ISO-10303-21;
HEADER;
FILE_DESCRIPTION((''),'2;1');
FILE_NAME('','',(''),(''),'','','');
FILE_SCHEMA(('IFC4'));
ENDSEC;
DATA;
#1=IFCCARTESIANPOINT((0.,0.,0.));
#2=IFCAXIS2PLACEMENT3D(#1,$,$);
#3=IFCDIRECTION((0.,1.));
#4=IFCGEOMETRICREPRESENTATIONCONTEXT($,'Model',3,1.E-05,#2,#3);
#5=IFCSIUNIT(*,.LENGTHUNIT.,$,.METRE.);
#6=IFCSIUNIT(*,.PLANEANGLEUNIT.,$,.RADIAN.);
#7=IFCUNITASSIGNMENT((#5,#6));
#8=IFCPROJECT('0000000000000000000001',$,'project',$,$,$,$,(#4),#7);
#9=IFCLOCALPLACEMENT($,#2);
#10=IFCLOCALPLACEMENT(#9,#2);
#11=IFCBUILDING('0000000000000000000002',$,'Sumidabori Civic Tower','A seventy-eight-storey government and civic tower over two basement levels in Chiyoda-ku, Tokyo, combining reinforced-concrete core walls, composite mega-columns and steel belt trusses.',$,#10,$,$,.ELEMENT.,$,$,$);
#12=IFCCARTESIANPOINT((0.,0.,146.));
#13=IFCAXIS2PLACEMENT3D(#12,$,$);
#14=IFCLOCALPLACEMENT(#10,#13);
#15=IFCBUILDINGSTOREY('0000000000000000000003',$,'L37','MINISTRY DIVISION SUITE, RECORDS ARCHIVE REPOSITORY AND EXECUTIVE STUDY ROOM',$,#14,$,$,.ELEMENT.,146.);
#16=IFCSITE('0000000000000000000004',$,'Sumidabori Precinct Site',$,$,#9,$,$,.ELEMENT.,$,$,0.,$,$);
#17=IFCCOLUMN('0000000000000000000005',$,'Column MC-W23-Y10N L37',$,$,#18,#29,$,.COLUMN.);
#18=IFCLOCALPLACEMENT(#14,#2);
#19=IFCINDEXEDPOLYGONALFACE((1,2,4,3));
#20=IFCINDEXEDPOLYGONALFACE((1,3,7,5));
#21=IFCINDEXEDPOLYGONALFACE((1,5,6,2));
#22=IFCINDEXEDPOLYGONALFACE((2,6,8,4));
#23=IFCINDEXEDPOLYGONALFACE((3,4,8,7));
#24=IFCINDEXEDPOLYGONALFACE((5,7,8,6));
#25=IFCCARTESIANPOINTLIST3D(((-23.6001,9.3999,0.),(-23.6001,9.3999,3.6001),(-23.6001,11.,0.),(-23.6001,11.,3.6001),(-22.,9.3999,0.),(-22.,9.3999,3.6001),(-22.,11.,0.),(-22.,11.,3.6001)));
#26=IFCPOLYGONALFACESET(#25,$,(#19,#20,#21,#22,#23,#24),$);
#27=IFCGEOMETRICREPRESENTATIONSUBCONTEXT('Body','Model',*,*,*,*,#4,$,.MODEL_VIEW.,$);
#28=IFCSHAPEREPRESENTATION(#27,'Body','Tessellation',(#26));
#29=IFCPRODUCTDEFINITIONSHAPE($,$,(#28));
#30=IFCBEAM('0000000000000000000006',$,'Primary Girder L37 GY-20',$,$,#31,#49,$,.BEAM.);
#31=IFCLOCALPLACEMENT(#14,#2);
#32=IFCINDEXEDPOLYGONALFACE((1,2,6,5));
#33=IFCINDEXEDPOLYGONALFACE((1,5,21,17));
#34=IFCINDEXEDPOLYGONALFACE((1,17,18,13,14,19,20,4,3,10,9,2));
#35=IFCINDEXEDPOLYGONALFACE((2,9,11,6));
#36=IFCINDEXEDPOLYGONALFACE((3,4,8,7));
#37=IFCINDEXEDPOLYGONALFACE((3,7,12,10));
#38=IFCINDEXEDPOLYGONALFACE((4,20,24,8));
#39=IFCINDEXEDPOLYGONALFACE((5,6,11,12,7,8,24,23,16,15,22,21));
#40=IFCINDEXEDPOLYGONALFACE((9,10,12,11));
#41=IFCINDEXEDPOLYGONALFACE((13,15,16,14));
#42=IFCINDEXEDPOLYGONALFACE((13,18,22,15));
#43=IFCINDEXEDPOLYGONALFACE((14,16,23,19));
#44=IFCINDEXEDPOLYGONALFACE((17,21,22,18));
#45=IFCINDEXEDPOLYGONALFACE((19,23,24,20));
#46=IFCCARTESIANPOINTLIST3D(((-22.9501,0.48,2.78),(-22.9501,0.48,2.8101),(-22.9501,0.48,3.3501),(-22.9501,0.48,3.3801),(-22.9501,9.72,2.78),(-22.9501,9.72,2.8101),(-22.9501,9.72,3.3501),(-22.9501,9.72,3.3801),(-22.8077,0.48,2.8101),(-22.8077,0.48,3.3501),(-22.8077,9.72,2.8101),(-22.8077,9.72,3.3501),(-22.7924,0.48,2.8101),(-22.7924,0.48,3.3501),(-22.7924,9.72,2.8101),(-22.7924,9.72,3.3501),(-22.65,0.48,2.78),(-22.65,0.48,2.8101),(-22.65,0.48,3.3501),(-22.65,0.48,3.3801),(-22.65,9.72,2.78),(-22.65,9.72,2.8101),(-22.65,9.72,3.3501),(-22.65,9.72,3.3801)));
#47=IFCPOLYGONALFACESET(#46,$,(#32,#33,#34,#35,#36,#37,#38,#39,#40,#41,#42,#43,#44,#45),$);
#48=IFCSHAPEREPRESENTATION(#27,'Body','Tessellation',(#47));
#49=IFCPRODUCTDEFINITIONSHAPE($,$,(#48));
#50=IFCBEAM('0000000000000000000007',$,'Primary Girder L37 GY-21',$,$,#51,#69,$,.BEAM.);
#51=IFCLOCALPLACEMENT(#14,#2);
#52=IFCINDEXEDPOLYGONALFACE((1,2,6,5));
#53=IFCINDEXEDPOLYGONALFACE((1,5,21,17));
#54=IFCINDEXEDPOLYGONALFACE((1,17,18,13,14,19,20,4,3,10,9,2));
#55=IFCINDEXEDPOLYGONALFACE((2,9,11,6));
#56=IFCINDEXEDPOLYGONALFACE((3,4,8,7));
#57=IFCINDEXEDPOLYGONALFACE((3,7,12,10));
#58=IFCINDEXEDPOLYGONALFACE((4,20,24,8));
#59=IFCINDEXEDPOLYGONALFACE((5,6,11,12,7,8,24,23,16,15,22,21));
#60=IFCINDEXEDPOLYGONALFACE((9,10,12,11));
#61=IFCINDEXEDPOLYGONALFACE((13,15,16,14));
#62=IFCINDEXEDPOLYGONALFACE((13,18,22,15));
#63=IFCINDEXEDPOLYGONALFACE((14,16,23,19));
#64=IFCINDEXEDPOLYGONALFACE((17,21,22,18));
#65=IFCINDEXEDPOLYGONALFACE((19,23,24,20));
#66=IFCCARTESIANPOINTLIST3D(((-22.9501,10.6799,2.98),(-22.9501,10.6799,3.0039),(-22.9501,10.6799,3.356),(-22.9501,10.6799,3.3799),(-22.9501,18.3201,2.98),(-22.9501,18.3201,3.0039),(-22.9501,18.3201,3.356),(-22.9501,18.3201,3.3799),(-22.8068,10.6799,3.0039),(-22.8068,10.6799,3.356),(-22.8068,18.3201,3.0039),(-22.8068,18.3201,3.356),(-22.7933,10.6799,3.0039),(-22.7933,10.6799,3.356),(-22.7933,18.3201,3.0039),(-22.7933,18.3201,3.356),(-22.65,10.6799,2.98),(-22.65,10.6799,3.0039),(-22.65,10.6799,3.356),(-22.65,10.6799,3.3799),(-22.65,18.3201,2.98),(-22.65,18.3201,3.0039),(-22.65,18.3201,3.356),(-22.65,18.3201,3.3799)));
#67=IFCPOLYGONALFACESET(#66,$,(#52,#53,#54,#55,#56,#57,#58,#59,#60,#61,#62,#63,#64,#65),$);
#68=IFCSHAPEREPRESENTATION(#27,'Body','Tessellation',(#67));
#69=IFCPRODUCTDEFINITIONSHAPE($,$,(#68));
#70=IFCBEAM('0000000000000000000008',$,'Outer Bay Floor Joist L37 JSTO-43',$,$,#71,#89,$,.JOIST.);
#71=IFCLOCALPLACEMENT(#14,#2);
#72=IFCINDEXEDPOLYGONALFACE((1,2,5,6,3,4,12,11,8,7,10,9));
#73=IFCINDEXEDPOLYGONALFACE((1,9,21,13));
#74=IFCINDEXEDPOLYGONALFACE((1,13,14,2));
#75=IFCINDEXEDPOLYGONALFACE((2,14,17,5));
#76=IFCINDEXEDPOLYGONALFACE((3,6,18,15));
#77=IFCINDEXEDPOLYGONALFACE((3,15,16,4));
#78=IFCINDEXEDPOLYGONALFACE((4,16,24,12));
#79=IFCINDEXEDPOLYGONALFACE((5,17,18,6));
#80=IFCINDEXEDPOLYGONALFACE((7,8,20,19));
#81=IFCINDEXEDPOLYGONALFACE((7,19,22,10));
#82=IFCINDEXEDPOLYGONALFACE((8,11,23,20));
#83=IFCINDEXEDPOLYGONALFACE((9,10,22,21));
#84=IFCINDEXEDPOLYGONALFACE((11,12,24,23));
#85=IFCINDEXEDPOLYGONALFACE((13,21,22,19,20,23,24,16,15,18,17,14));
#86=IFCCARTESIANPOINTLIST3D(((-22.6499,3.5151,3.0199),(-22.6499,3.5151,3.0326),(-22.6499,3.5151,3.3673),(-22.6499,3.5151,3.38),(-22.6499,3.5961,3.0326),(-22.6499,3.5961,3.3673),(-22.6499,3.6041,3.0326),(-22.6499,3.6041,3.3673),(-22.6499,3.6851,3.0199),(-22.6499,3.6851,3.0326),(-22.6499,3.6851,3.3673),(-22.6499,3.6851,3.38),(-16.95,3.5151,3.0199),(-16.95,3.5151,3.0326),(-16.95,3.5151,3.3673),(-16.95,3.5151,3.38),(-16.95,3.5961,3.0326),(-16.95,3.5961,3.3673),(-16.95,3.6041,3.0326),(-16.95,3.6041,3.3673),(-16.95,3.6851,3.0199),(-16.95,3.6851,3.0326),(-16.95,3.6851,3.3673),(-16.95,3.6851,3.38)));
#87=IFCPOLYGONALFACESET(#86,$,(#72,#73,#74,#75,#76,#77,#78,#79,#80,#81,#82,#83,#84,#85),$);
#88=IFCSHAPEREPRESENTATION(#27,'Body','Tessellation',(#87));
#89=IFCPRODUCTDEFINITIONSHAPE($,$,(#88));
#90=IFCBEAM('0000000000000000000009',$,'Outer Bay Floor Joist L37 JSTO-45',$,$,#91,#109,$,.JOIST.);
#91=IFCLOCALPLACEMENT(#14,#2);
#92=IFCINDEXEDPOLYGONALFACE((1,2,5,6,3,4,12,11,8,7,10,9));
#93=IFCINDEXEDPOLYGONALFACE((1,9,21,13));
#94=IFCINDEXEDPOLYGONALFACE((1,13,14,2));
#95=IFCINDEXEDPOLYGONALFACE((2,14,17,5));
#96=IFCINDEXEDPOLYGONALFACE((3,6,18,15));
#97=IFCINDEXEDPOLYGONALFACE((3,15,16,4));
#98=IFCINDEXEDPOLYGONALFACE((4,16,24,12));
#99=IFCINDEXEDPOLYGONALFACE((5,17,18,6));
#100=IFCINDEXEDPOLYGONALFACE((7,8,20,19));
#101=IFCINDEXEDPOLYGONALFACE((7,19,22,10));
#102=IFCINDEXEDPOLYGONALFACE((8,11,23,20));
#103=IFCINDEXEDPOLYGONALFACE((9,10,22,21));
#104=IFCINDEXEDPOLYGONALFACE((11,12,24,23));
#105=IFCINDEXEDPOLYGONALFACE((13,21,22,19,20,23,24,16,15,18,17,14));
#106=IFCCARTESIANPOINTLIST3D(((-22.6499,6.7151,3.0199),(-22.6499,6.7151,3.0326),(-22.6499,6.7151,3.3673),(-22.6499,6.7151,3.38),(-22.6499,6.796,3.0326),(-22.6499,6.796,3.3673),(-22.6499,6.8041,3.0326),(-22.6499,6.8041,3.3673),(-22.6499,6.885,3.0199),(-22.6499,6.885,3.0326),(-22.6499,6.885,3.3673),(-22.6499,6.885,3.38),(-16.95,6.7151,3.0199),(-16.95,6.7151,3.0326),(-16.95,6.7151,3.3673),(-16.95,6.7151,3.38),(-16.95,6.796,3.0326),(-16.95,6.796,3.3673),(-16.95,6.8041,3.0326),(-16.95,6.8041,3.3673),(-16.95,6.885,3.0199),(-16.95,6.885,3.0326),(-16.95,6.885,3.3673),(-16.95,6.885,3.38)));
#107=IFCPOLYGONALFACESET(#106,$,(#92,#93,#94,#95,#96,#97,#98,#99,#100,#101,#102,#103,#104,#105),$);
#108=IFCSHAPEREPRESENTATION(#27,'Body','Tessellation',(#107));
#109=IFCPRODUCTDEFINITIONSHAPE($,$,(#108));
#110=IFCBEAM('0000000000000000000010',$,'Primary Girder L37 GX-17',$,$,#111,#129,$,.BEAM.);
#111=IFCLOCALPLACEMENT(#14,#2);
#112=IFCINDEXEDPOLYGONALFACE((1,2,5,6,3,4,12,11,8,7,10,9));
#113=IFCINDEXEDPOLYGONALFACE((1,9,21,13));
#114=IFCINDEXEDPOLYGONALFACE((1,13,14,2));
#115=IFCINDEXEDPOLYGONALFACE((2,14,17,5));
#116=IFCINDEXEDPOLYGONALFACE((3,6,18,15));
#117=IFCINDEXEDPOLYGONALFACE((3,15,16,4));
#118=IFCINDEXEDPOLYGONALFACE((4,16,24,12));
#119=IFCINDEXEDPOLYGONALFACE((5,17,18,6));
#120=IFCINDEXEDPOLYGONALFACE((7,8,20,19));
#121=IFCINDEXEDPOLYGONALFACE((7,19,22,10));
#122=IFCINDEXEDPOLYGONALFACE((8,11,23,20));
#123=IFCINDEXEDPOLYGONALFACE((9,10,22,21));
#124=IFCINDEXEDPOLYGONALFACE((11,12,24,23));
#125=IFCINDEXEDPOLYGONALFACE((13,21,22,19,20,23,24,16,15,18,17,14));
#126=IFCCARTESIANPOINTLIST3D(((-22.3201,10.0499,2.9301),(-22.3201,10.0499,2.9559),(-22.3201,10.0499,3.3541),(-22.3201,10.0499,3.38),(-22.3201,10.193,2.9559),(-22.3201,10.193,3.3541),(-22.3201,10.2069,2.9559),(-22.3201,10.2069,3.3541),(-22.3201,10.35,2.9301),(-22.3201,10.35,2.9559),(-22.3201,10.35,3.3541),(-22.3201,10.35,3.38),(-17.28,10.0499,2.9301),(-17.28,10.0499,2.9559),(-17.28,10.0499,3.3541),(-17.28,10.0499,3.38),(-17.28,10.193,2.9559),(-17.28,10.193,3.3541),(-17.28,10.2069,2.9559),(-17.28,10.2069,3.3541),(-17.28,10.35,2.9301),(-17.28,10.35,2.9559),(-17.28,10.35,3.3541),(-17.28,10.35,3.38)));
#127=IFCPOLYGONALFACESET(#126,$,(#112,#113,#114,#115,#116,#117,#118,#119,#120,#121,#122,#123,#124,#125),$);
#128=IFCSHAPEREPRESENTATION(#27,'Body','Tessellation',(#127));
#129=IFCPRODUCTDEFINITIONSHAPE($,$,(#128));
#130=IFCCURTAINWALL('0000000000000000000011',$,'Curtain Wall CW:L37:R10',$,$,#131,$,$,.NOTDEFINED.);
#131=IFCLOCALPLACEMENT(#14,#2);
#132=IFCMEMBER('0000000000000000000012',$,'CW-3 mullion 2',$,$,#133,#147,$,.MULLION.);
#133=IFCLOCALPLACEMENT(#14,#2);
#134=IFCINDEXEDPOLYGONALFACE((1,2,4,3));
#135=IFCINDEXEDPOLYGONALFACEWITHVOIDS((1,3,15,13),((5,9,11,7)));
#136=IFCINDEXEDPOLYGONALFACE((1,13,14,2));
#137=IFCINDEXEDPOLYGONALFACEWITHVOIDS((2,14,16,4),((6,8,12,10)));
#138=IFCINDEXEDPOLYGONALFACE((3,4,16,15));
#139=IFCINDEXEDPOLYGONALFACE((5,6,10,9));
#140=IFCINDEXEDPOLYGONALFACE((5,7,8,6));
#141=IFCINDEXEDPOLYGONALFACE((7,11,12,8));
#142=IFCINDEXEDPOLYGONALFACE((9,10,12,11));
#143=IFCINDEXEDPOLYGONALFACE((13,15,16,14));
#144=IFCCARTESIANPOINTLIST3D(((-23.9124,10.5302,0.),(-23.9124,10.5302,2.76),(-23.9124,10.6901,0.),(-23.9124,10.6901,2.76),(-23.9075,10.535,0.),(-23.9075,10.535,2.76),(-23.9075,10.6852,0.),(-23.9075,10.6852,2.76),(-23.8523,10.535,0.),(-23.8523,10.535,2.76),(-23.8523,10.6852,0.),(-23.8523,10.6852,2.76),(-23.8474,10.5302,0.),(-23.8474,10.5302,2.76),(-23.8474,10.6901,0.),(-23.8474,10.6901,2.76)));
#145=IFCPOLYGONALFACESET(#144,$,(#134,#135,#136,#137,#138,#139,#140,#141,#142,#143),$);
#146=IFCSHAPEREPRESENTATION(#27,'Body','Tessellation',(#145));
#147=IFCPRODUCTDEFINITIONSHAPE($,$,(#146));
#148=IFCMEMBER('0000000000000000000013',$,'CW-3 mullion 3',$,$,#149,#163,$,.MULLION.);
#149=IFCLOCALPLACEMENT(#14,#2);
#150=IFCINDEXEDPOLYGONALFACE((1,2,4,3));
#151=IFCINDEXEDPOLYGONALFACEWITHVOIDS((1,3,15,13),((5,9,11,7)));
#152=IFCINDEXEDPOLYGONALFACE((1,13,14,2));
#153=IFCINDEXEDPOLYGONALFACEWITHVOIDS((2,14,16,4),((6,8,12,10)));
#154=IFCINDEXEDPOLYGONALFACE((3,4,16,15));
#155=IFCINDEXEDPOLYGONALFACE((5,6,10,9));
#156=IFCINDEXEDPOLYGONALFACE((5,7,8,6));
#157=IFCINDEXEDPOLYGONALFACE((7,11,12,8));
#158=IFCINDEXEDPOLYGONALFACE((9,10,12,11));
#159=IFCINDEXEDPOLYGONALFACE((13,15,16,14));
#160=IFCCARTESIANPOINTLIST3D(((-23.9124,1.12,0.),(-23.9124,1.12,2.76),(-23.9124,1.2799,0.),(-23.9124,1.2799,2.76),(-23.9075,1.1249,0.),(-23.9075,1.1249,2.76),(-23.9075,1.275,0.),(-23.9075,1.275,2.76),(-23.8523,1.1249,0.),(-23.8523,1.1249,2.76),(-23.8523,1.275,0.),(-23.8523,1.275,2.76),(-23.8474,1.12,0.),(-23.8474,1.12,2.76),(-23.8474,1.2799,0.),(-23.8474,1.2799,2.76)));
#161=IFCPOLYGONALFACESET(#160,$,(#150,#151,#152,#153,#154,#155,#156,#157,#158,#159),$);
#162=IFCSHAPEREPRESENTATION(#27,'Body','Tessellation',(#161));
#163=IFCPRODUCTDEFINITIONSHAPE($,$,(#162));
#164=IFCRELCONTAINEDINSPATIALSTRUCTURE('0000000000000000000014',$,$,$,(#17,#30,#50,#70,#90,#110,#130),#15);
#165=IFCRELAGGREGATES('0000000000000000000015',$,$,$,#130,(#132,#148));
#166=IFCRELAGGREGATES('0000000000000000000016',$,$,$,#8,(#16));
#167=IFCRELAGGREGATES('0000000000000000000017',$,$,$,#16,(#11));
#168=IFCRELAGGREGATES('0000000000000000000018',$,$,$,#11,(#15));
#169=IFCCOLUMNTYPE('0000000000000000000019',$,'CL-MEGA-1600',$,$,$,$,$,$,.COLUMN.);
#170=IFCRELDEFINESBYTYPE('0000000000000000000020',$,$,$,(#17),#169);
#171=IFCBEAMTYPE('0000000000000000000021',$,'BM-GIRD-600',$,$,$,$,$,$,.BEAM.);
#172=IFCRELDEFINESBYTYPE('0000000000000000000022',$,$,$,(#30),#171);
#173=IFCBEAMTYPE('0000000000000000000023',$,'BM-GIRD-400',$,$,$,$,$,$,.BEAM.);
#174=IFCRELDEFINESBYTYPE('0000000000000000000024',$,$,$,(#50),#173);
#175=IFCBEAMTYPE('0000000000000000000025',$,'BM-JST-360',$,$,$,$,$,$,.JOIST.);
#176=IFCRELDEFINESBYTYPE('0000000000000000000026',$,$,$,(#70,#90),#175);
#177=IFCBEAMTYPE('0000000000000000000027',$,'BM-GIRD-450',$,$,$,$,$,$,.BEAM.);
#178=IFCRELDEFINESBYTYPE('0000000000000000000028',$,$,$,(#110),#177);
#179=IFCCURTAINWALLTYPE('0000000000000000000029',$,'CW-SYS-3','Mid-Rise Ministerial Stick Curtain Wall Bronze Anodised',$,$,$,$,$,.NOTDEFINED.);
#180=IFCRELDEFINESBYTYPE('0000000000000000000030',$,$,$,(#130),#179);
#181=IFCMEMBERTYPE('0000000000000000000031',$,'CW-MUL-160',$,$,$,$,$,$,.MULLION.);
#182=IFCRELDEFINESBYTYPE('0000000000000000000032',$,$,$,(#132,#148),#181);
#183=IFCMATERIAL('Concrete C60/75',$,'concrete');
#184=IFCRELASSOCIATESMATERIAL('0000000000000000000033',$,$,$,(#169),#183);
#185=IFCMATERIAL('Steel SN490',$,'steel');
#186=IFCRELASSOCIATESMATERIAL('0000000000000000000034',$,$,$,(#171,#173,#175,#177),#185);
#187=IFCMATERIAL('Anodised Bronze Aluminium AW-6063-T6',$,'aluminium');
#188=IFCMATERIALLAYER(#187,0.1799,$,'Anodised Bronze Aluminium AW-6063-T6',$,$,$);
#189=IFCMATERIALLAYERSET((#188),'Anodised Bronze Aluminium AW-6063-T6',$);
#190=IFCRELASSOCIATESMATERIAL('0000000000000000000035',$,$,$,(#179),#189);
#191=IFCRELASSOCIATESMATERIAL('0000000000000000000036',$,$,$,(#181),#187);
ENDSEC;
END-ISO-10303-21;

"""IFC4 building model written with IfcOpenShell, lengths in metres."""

from ifc_helpers import new_model, si_unit, direction, frame, origin, origin_2d, place, context, subcontext, project, spatial, rectangle, hollow_rectangle, i_section, extrude, source, transform, mapped, material, layer, layer_set, material_profile, profile_set, type_object, element, aggregate, save


model = new_model("IFC4")

# Units and contexts
model_context = context("Model", 3, precision=1e-05, world=origin(), true_north=direction((0.0, 1.0)))
body_context = subcontext(model_context, "Body", "Model", "MODEL_VIEW")
ifc_project = project(units=[si_unit("LENGTHUNIT", "METRE"), si_unit("PLANEANGLEUNIT", "RADIAN")], contexts=[model_context])

# Site, building, storey
site_placement = place(None, origin())
site = spatial("IfcSite", under=ifc_project, at=site_placement, Name="Sumidabori Precinct Site", CompositionType="ELEMENT", RefElevation=0.0)
building_placement = place(site_placement, origin())
building = spatial("IfcBuilding", under=site, at=building_placement, Name="Sumidabori Civic Tower", Description="A seventy-eight-storey government and civic tower over two basement levels in Chiyoda-ku, Tokyo, combining reinforced-concrete core walls, composite mega-columns and steel belt trusses.", CompositionType="ELEMENT")
storey_placement = place(building_placement, frame((0.0, 0.0, 146.0)))
storey = spatial("IfcBuildingStorey", under=building, at=storey_placement, Name="L37", Description="MINISTRY DIVISION SUITE, RECORDS ARCHIVE REPOSITORY AND EXECUTIVE STUDY ROOM", CompositionType="ELEMENT", Elevation=146.0)

# Column
ifc_material_1 = material(Name="Concrete C60/75", Category="concrete")
ifc_material_profile_1 = material_profile(ifc_material_1, rectangle(XDim=1.6001, YDim=1.6001, at=origin_2d()), Name="RC 1600x1600")
ifc_profile_set_1 = profile_set([ifc_material_profile_1], Name="Concrete C60/75")
column_type = type_object("IfcColumnType", Name="CL-MEGA-1600", PredefinedType="COLUMN", material=ifc_profile_set_1)
shared_shape_1 = source(origin(), body_context, "Body", "SweptSolid", [
    extrude(rectangle(XDim=1.6001, YDim=1.6001, at=origin_2d()), origin(), (0.0, 0.0, 1.0), 3.6001),
])
column_placement = place(storey_placement, frame((-22.8, 10.2, 0.0), z_axis=(0.0, 0.0, 1.0), x_axis=(1.0, 0.0, 0.0)))
element("IfcColumn", 1, at=column_placement, inside=storey, type_object=column_type, Name="Column MC-W23-Y10N L37", PredefinedType="COLUMN", context=body_context, shape_type="MappedRepresentation", body=[
    mapped(shared_shape_1, transform((0.0, 0.0, 0.0), x_axis=(1.0, 0.0, 0.0), y_axis=(0.0, 1.0, 0.0), z_axis=(0.0, 0.0, 1.0), scale=1.0)),
])

# Beams
ifc_material_2 = material(Name="Steel SN490", Category="steel")
ifc_material_profile_2 = material_profile(ifc_material_2, i_section(OverallWidth=0.3, OverallDepth=0.6001, WebThickness=0.0154, FlangeThickness=0.03, at=origin_2d()), Name="HE 600 B")
ifc_profile_set_2 = profile_set([ifc_material_profile_2], Name="Steel SN490")
beam_type_1 = type_object("IfcBeamType", Name="BM-GIRD-600", PredefinedType="BEAM", material=ifc_profile_set_2)
shared_shape_2 = source(origin(), body_context, "Body", "SweptSolid", [
    extrude(i_section(OverallWidth=0.3, OverallDepth=0.6001, WebThickness=0.0154, FlangeThickness=0.03, at=origin_2d()), origin(), (0.0, 0.0, 1.0), 9.24),
])
beam_1_placement = place(storey_placement, frame((-22.8, 0.48, 3.0801), z_axis=(0.0, 1.0, 0.0), x_axis=(-1.0, 0.0, 0.0)))
element("IfcBeam", 2, at=beam_1_placement, inside=storey, type_object=beam_type_1, Name="Primary Girder L37 GY-20", PredefinedType="BEAM", context=body_context, shape_type="MappedRepresentation", body=[
    mapped(shared_shape_2, transform((0.0, 0.0, 0.0), x_axis=(1.0, 0.0, 0.0), y_axis=(0.0, 1.0, 0.0), z_axis=(0.0, 0.0, 1.0), scale=1.0)),
])
ifc_material_profile_3 = material_profile(ifc_material_2, i_section(OverallWidth=0.3, OverallDepth=0.3999, WebThickness=0.0134, FlangeThickness=0.0239, at=origin_2d()), Name="HE 400 B")
ifc_profile_set_3 = profile_set([ifc_material_profile_3], Name="Steel SN490")
beam_type_2 = type_object("IfcBeamType", Name="BM-GIRD-400", PredefinedType="BEAM", material=ifc_profile_set_3)
shared_shape_3 = source(origin(), body_context, "Body", "SweptSolid", [
    extrude(i_section(OverallWidth=0.3, OverallDepth=0.3999, WebThickness=0.0134, FlangeThickness=0.0239, at=origin_2d()), origin(), (0.0, 0.0, 1.0), 7.6401),
])
beam_2_placement = place(storey_placement, frame((-22.8, 10.6799, 3.1799), z_axis=(0.0, 1.0, 0.0), x_axis=(-1.0, 0.0, 0.0)))
element("IfcBeam", 3, at=beam_2_placement, inside=storey, type_object=beam_type_2, Name="Primary Girder L37 GY-21", PredefinedType="BEAM", context=body_context, shape_type="MappedRepresentation", body=[
    mapped(shared_shape_3, transform((0.0, 0.0, 0.0), x_axis=(1.0, 0.0, 0.0), y_axis=(0.0, 1.0, 0.0), z_axis=(0.0, 0.0, 1.0), scale=1.0)),
])
ifc_material_profile_4 = material_profile(ifc_material_2, i_section(OverallWidth=0.1699, OverallDepth=0.3601, WebThickness=0.0081, FlangeThickness=0.0127, at=origin_2d()), Name="IPE 360")
ifc_profile_set_4 = profile_set([ifc_material_profile_4], Name="Steel SN490")
beam_type_3 = type_object("IfcBeamType", Name="BM-JST-360", PredefinedType="JOIST", material=ifc_profile_set_4)
shared_shape_4 = source(origin(), body_context, "Body", "SweptSolid", [
    extrude(i_section(OverallWidth=0.1699, OverallDepth=0.3601, WebThickness=0.0081, FlangeThickness=0.0127, at=origin_2d()), origin(), (0.0, 0.0, 1.0), 5.7),
])
for number, where, z_axis, x_axis, name in (
    (4, (-22.6499, 3.6001, 3.2), (1.0, 0.0, 0.0), (0.0, 1.0, 0.0), "Outer Bay Floor Joist L37 JSTO-43"),
    (5, (-22.6499, 6.8, 3.2), (1.0, 0.0, 0.0), (0.0, 1.0, 0.0), "Outer Bay Floor Joist L37 JSTO-45"),
):
    element("IfcBeam", number, at=place(storey_placement, frame(where, z_axis=z_axis, x_axis=x_axis)), inside=storey, type_object=beam_type_3, Name=name, PredefinedType="JOIST", context=body_context, shape_type="MappedRepresentation", body=[
        mapped(shared_shape_4, transform((0.0, 0.0, 0.0), x_axis=(1.0, 0.0, 0.0), y_axis=(0.0, 1.0, 0.0), z_axis=(0.0, 0.0, 1.0), scale=1.0)),
    ])
ifc_material_profile_5 = material_profile(ifc_material_2, i_section(OverallWidth=0.3, OverallDepth=0.45, WebThickness=0.0139, FlangeThickness=0.0259, at=origin_2d()), Name="HE 450 B")
ifc_profile_set_5 = profile_set([ifc_material_profile_5], Name="Steel SN490")
beam_type_4 = type_object("IfcBeamType", Name="BM-GIRD-450", PredefinedType="BEAM", material=ifc_profile_set_5)
shared_shape_5 = source(origin(), body_context, "Body", "SweptSolid", [
    extrude(i_section(OverallWidth=0.3, OverallDepth=0.45, WebThickness=0.0139, FlangeThickness=0.0259, at=origin_2d()), origin(), (0.0, 0.0, 1.0), 5.04),
])
beam_3_placement = place(storey_placement, frame((-22.3201, 10.2, 3.155), z_axis=(1.0, 0.0, 0.0), x_axis=(0.0, 1.0, 0.0)))
element("IfcBeam", 6, at=beam_3_placement, inside=storey, type_object=beam_type_4, Name="Primary Girder L37 GX-17", PredefinedType="BEAM", context=body_context, shape_type="MappedRepresentation", body=[
    mapped(shared_shape_5, transform((0.0, 0.0, 0.0), x_axis=(1.0, 0.0, 0.0), y_axis=(0.0, 1.0, 0.0), z_axis=(0.0, 0.0, 1.0), scale=1.0)),
])

# Curtain wall, members
ifc_material_3 = material(Name="Anodised Bronze Aluminium AW-6063-T6", Category="aluminium")
ifc_layer_1 = layer(ifc_material_3, 0.1799, Name="Anodised Bronze Aluminium AW-6063-T6")
ifc_layer_set_1 = layer_set([ifc_layer_1], Name="Anodised Bronze Aluminium AW-6063-T6")
curtain_wall_type = type_object("IfcCurtainWallType", Name="CW-SYS-3", Description="Mid-Rise Ministerial Stick Curtain Wall Bronze Anodised", PredefinedType="NOTDEFINED", material=ifc_layer_set_1)
curtain_wall_placement = place(storey_placement, origin())
curtain_wall = element("IfcCurtainWall", 7, at=curtain_wall_placement, inside=storey, type_object=curtain_wall_type, Name="Curtain Wall CW:L37:R10", PredefinedType="NOTDEFINED")
ifc_material_profile_6 = material_profile(ifc_material_3, hollow_rectangle(XDim=0.0649, YDim=0.1599, WallThickness=0.0049, at=origin_2d()), Name="ALU MULLION 160x65")
ifc_profile_set_6 = profile_set([ifc_material_profile_6], Name="Anodised Bronze Aluminium AW-6063-T6")
member_type_1 = type_object("IfcMemberType", Name="CW-MUL-160", PredefinedType="MULLION", material=ifc_profile_set_6)
shared_shape_6 = source(origin(), body_context, "Body", "SweptSolid", [
    extrude(hollow_rectangle(XDim=0.0649, YDim=0.1599, WallThickness=0.0049, at=origin_2d()), origin(), (0.0, 0.0, 1.0), 2.76),
])
member_1_placement = place(storey_placement, frame((-23.8799, 10.6101, 0.0), z_axis=(0.0, 0.0, 1.0), x_axis=(1.0, 0.0, 0.0)))
member_1 = element("IfcMember", 8, at=member_1_placement, type_object=member_type_1, Name="CW-3 mullion 2", PredefinedType="MULLION", context=body_context, shape_type="MappedRepresentation", body=[
    mapped(shared_shape_6, transform((0.0, 0.0, 0.0), x_axis=(1.0, 0.0, 0.0), y_axis=(0.0, 1.0, 0.0), z_axis=(0.0, 0.0, 1.0), scale=1.0)),
])
member_2_placement = place(storey_placement, frame((-23.8799, 1.2, 0.0), z_axis=(0.0, 0.0, 1.0), x_axis=(1.0, 0.0, 0.0)))
member_2 = element("IfcMember", 9, at=member_2_placement, type_object=member_type_1, Name="CW-3 mullion 3", PredefinedType="MULLION", context=body_context, shape_type="MappedRepresentation", body=[
    mapped(shared_shape_6, transform((0.0, 0.0, 0.0), x_axis=(1.0, 0.0, 0.0), y_axis=(0.0, 1.0, 0.0), z_axis=(0.0, 0.0, 1.0), scale=1.0)),
])
aggregate(curtain_wall, [member_1, member_2])

save(model, "model.ifc")
